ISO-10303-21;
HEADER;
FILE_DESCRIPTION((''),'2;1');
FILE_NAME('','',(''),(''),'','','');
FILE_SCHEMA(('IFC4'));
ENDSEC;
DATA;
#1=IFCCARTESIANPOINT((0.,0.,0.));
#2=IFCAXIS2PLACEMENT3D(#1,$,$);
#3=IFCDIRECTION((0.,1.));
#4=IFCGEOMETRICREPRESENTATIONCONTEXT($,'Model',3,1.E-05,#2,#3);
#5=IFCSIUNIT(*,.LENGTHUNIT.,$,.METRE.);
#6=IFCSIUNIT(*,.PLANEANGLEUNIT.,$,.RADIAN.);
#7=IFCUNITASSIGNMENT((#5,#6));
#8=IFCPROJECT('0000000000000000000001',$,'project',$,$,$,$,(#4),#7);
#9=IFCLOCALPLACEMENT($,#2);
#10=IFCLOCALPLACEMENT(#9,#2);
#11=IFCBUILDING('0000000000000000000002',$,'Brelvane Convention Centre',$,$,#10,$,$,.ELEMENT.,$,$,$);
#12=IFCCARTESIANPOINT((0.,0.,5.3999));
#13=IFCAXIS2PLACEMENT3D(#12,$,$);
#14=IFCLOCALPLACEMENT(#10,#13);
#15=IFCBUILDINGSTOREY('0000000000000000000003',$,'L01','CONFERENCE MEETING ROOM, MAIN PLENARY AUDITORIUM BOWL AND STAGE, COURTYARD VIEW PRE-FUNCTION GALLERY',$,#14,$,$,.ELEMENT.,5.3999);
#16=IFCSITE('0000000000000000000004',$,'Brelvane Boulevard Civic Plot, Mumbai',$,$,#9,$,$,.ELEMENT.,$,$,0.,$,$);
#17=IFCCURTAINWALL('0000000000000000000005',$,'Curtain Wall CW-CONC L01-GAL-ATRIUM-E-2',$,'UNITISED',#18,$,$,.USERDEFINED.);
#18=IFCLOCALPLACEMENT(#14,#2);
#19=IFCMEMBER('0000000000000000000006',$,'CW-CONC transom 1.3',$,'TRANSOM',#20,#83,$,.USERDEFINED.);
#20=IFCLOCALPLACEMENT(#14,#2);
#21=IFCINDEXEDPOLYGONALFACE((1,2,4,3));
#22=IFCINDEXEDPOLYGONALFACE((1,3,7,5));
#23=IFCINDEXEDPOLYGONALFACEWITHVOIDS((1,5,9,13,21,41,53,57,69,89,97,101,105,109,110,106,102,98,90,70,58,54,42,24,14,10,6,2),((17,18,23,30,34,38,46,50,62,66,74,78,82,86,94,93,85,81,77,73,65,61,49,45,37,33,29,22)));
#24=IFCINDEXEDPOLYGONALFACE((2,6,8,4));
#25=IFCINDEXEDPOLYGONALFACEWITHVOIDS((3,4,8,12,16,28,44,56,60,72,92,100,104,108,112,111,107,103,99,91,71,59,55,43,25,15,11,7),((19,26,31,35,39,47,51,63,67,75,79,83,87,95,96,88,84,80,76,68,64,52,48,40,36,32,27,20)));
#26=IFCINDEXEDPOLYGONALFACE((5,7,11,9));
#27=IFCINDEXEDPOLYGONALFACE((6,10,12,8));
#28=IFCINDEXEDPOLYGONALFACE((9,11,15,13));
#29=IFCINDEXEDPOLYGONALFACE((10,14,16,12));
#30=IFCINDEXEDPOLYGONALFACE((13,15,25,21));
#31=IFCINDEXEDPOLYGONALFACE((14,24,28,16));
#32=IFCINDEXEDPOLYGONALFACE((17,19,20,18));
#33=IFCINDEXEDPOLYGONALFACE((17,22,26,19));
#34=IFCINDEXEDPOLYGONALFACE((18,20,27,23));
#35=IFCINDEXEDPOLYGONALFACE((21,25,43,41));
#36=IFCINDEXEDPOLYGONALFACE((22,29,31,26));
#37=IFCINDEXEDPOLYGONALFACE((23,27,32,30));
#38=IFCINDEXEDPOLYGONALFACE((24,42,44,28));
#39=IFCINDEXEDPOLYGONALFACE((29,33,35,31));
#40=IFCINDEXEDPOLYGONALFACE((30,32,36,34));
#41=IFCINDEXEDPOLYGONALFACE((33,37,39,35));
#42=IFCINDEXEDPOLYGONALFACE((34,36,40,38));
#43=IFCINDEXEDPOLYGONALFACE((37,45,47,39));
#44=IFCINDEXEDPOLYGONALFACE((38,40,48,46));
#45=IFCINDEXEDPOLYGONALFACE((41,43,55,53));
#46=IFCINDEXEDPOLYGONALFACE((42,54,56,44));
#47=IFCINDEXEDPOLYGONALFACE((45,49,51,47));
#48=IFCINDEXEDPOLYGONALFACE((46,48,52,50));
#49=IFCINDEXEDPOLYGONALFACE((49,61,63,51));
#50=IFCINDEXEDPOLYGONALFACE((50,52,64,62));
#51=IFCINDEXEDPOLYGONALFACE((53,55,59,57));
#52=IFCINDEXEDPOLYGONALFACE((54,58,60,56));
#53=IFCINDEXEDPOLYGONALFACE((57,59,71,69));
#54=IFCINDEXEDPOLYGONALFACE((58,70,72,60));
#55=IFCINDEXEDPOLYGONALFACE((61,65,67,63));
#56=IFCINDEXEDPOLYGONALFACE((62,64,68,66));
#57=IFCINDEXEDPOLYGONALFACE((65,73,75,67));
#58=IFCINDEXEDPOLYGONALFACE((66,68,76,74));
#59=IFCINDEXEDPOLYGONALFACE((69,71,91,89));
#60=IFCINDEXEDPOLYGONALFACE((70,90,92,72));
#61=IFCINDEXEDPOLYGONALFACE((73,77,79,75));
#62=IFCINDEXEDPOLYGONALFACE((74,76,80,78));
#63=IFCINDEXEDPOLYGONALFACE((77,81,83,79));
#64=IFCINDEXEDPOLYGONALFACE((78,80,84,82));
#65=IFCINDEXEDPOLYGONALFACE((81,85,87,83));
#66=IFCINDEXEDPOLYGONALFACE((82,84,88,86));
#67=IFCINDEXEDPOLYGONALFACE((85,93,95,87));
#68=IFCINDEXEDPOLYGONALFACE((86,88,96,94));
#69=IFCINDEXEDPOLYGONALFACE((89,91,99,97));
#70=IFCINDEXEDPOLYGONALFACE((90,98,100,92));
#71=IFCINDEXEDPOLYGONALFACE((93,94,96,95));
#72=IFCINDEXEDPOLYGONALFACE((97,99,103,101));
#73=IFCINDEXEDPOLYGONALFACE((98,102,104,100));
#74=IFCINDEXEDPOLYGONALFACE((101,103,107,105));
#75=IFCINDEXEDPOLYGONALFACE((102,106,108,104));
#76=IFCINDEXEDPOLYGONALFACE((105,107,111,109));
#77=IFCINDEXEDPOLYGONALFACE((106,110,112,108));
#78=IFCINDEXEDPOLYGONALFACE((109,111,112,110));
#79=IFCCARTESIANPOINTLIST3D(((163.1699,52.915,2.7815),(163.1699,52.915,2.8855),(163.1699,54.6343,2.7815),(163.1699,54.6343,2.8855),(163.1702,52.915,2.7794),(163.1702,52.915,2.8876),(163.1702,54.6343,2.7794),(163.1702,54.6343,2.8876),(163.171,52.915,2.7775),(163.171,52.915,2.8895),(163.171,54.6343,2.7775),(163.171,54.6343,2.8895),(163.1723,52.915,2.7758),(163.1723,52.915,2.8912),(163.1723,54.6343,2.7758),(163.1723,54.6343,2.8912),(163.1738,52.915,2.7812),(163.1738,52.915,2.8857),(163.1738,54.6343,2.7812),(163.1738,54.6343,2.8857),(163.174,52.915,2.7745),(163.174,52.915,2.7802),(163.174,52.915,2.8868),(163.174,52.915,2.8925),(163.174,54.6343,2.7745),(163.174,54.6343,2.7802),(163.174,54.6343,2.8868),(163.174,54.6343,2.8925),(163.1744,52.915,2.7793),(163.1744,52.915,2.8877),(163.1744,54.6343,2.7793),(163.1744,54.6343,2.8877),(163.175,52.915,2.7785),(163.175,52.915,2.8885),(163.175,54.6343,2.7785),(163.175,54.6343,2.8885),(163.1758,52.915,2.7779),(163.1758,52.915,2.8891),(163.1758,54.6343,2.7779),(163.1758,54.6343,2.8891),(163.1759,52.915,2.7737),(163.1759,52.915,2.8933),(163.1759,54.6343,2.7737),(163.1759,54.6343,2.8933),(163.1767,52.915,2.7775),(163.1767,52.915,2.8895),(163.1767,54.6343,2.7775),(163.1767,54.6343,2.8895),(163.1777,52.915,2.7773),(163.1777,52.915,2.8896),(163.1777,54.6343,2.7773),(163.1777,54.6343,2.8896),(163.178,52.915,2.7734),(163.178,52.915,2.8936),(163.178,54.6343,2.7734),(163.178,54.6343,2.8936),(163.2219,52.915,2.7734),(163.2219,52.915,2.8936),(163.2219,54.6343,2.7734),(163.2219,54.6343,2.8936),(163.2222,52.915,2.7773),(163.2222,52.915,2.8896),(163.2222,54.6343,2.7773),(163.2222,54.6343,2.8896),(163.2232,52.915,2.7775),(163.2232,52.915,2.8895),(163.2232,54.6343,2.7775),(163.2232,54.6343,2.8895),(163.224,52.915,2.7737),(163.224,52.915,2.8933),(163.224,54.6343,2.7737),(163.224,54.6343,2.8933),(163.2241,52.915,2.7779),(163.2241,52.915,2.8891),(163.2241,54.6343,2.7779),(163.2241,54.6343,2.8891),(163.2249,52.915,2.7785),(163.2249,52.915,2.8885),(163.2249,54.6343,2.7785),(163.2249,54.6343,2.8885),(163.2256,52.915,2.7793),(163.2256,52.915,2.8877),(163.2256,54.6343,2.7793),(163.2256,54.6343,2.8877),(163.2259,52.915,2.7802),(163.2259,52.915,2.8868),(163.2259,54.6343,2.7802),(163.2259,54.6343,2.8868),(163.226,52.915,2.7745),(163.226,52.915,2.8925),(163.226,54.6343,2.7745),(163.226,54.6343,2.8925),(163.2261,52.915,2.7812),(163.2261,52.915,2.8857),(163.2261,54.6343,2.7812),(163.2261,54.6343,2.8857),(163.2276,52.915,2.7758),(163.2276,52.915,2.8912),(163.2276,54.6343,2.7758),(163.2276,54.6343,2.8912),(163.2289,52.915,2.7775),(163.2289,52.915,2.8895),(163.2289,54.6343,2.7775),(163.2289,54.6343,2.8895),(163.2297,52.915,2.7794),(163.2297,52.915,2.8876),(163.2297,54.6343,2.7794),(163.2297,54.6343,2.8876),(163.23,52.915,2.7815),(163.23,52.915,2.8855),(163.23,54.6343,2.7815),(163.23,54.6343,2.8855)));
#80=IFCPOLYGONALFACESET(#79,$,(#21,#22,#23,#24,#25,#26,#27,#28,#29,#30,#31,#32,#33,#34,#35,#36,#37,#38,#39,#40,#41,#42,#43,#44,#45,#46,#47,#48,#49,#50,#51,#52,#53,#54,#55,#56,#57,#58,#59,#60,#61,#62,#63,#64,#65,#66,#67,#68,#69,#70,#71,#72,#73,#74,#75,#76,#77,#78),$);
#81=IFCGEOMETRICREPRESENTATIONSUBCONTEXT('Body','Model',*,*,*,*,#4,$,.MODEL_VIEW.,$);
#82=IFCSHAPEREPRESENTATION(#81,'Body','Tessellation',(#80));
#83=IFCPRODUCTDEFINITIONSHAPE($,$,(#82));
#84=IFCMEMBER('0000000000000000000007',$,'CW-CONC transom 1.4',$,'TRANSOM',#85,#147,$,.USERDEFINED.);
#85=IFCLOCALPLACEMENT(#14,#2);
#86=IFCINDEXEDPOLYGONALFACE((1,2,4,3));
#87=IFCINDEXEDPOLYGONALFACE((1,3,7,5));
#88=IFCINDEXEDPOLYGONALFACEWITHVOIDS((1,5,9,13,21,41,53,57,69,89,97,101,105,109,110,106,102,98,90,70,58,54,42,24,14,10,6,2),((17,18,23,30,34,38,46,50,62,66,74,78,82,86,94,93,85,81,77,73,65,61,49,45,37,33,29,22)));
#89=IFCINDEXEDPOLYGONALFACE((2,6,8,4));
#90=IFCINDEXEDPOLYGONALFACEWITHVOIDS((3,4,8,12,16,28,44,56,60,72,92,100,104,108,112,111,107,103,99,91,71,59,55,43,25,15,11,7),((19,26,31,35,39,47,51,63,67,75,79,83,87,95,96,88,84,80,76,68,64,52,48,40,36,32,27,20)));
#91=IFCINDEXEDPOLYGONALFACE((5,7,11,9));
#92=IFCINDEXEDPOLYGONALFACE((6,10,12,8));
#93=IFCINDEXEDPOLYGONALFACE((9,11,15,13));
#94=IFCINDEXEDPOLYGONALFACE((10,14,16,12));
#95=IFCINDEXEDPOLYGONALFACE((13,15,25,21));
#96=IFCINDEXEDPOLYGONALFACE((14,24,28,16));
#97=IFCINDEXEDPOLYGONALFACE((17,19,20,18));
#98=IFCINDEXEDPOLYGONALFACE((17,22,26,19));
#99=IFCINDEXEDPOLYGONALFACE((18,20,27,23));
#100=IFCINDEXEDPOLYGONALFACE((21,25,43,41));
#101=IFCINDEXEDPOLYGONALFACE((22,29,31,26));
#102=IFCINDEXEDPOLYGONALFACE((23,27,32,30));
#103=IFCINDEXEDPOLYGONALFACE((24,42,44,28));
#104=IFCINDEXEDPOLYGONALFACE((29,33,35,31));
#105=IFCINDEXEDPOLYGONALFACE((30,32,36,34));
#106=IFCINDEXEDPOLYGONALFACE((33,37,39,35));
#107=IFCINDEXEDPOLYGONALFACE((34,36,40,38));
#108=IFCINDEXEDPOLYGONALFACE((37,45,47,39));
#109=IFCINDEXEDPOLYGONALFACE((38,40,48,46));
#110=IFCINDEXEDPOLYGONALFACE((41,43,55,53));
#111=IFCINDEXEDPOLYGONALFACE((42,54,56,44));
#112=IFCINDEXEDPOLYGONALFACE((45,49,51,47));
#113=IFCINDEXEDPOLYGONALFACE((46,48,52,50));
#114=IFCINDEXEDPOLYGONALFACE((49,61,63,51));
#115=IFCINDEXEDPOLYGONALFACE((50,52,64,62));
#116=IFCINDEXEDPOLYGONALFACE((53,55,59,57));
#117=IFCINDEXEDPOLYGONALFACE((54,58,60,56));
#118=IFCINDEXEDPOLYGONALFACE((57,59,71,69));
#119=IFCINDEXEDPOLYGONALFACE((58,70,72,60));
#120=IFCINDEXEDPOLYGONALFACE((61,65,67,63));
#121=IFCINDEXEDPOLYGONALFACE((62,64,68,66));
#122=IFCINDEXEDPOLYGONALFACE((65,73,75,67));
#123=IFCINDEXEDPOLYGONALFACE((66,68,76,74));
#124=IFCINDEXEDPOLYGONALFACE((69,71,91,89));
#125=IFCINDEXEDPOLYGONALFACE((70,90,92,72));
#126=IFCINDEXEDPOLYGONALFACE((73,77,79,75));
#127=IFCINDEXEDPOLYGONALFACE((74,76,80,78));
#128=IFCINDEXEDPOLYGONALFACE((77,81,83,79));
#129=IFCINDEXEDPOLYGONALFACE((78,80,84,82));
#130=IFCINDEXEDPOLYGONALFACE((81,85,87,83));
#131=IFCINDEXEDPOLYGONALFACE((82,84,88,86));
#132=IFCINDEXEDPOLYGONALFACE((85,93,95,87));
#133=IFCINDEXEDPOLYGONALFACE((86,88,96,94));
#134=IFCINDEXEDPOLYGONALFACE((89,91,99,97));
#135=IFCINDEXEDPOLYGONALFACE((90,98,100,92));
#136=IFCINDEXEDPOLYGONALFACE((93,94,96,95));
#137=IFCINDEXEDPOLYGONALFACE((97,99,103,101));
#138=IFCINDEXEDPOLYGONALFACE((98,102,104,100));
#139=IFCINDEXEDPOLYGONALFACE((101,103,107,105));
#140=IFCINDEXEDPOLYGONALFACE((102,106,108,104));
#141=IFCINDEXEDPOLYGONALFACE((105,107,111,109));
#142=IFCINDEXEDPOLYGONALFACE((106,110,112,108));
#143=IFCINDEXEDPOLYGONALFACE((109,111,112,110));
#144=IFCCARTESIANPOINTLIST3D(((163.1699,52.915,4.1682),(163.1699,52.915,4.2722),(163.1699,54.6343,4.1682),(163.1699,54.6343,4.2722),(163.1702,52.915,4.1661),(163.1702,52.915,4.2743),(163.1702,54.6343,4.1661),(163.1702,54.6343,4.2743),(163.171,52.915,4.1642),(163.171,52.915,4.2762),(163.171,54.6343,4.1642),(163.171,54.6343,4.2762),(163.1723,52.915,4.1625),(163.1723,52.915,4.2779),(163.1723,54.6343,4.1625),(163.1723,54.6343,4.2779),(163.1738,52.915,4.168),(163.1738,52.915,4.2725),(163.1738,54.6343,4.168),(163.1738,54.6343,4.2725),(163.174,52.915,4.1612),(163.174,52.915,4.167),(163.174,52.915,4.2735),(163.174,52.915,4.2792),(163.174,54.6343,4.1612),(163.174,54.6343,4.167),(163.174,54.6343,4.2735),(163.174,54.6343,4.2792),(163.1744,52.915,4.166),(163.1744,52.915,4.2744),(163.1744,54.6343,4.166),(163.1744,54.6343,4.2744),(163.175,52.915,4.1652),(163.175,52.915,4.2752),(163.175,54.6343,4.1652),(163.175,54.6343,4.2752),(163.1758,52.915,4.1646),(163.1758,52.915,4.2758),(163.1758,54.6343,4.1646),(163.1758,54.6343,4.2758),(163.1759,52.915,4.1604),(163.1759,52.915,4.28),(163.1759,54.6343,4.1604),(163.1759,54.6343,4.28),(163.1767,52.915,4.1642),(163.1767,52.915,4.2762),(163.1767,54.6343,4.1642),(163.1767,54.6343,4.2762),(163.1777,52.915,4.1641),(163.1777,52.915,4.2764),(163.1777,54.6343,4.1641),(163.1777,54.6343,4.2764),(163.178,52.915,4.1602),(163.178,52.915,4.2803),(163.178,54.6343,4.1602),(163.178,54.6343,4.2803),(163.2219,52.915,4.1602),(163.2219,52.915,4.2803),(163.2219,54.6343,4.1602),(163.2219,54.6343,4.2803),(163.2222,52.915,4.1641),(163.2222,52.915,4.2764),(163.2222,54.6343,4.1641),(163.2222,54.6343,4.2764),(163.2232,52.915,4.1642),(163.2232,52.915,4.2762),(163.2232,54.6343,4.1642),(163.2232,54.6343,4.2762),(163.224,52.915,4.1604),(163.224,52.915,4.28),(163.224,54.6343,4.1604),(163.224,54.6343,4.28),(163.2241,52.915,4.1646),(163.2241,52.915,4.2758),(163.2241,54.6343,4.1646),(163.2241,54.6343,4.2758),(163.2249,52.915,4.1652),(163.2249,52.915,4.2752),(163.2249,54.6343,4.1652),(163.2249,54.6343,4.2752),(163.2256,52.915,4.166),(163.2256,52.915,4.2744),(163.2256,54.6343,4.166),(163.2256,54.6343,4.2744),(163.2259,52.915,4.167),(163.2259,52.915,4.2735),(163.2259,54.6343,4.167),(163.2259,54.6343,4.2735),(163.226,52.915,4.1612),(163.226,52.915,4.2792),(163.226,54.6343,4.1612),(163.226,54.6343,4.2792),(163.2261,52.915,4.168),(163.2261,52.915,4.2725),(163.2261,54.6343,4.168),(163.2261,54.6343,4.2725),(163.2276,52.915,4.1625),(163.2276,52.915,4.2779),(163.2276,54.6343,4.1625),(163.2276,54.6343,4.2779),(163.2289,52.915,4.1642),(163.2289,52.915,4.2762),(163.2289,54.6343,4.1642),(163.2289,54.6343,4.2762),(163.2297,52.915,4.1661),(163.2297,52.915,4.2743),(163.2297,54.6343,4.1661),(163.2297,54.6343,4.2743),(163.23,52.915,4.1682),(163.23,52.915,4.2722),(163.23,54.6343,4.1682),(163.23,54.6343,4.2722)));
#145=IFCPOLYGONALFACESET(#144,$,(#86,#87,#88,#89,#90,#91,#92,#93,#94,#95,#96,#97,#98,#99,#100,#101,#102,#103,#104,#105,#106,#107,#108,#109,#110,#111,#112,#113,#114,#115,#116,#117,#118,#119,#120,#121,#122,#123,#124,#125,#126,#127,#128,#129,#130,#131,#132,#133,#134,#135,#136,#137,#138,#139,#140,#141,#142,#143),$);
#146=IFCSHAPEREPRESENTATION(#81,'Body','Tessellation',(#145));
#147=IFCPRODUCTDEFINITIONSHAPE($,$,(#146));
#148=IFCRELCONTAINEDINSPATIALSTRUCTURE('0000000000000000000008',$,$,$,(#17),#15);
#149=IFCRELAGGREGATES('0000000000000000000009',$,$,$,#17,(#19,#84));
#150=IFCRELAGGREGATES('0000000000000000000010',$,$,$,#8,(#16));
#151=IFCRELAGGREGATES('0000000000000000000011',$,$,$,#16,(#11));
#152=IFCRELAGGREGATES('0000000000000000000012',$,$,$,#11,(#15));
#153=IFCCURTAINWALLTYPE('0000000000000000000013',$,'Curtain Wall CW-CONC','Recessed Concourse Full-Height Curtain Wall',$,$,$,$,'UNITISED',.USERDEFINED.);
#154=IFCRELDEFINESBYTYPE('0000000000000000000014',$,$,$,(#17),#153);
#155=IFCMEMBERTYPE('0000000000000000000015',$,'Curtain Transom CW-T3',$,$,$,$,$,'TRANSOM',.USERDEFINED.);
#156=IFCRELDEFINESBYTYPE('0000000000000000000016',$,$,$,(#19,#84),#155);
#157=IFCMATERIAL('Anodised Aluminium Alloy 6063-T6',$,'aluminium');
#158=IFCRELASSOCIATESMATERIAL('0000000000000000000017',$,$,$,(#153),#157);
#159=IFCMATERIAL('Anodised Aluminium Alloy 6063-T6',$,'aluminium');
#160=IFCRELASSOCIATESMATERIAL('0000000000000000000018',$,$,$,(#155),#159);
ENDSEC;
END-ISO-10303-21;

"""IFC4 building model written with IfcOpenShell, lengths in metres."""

from ifc_helpers import new_model, si_unit, direction, frame, origin, origin_2d, place, context, subcontext, project, spatial, hollow_rectangle, extrude, material, material_profile, profile_set, type_object, element, aggregate, save


model = new_model("IFC4")

# Units and contexts
model_context = context("Model", 3, precision=1e-05, world=origin(), true_north=direction((0.0, 1.0)))
body_context = subcontext(model_context, "Body", "Model", "MODEL_VIEW")
ifc_project = project(units=[si_unit("LENGTHUNIT", "METRE"), si_unit("PLANEANGLEUNIT", "RADIAN")], contexts=[model_context])

# Site, building, storey
site_placement = place(None, origin())
site = spatial("IfcSite", under=ifc_project, at=site_placement, Name="Brelvane Boulevard Civic Plot, Mumbai", CompositionType="ELEMENT", RefElevation=0.0)
building_placement = place(site_placement, origin())
building = spatial("IfcBuilding", under=site, at=building_placement, Name="Brelvane Convention Centre", CompositionType="ELEMENT")
storey_placement = place(building_placement, frame((0.0, 0.0, 5.3999)))
storey = spatial("IfcBuildingStorey", under=building, at=storey_placement, Name="L01", Description="CONFERENCE MEETING ROOM, MAIN PLENARY AUDITORIUM BOWL AND STAGE, COURTYARD VIEW PRE-FUNCTION GALLERY", CompositionType="ELEMENT", Elevation=5.3999)

# Curtain wall, members
ifc_material_1 = material(Name="Anodised Aluminium Alloy 6063-T6", Category="aluminium")
curtain_wall_type = type_object("IfcCurtainWallType", Name="Curtain Wall CW-CONC", Description="Recessed Concourse Full-Height Curtain Wall", ElementType="UNITISED", PredefinedType="USERDEFINED", material=ifc_material_1)
curtain_wall_placement = place(storey_placement, origin())
curtain_wall = element("IfcCurtainWall", 1, at=curtain_wall_placement, inside=storey, type_object=curtain_wall_type, Name="Curtain Wall CW-CONC L01-GAL-ATRIUM-E-2", ObjectType="UNITISED", PredefinedType="USERDEFINED")
ifc_material_2 = material(Name="Anodised Aluminium Alloy 6063-T6", Category="aluminium")
ifc_material_profile_1 = material_profile(ifc_material_2, hollow_rectangle(XDim=0.0601, YDim=0.1201, WallThickness=0.0039, InnerFilletRadius=0.0039, OuterFilletRadius=0.0081, at=origin_2d()), Name="ALU-T 120x60x4.0")
ifc_profile_set_1 = profile_set([ifc_material_profile_1], Name="Anodised Aluminium Alloy 6063-T6")
member_type_1 = type_object("IfcMemberType", Name="Curtain Transom CW-T3", ElementType="TRANSOM", PredefinedType="USERDEFINED", material=ifc_profile_set_1)
member_1_placement = place(storey_placement, frame((163.2, 52.915, 2.8335), z_axis=(0.0, 1.0, 0.0), x_axis=(-1.0, 0.0, 0.0)))
member_1 = element("IfcMember", 2, at=member_1_placement, type_object=member_type_1, Name="CW-CONC transom 1.3", ObjectType="TRANSOM", PredefinedType="USERDEFINED", context=body_context, shape_type="SweptSolid", body=[
    extrude(hollow_rectangle(XDim=0.0601, YDim=0.1201, WallThickness=0.0039, InnerFilletRadius=0.0039, OuterFilletRadius=0.0081, at=origin_2d()), origin(), (0.0, 0.0, 1.0), 1.7192),
])
member_2_placement = place(storey_placement, frame((163.2, 52.915, 4.2202), z_axis=(0.0, 1.0, 0.0), x_axis=(-1.0, 0.0, 0.0)))
member_2 = element("IfcMember", 3, at=member_2_placement, type_object=member_type_1, Name="CW-CONC transom 1.4", ObjectType="TRANSOM", PredefinedType="USERDEFINED", context=body_context, shape_type="SweptSolid", body=[
    extrude(hollow_rectangle(XDim=0.0601, YDim=0.1201, WallThickness=0.0039, InnerFilletRadius=0.0039, OuterFilletRadius=0.0081, at=origin_2d()), origin(), (0.0, 0.0, 1.0), 1.7192),
])

aggregate(curtain_wall, [member_1, member_2])

save(model, "model.ifc")
